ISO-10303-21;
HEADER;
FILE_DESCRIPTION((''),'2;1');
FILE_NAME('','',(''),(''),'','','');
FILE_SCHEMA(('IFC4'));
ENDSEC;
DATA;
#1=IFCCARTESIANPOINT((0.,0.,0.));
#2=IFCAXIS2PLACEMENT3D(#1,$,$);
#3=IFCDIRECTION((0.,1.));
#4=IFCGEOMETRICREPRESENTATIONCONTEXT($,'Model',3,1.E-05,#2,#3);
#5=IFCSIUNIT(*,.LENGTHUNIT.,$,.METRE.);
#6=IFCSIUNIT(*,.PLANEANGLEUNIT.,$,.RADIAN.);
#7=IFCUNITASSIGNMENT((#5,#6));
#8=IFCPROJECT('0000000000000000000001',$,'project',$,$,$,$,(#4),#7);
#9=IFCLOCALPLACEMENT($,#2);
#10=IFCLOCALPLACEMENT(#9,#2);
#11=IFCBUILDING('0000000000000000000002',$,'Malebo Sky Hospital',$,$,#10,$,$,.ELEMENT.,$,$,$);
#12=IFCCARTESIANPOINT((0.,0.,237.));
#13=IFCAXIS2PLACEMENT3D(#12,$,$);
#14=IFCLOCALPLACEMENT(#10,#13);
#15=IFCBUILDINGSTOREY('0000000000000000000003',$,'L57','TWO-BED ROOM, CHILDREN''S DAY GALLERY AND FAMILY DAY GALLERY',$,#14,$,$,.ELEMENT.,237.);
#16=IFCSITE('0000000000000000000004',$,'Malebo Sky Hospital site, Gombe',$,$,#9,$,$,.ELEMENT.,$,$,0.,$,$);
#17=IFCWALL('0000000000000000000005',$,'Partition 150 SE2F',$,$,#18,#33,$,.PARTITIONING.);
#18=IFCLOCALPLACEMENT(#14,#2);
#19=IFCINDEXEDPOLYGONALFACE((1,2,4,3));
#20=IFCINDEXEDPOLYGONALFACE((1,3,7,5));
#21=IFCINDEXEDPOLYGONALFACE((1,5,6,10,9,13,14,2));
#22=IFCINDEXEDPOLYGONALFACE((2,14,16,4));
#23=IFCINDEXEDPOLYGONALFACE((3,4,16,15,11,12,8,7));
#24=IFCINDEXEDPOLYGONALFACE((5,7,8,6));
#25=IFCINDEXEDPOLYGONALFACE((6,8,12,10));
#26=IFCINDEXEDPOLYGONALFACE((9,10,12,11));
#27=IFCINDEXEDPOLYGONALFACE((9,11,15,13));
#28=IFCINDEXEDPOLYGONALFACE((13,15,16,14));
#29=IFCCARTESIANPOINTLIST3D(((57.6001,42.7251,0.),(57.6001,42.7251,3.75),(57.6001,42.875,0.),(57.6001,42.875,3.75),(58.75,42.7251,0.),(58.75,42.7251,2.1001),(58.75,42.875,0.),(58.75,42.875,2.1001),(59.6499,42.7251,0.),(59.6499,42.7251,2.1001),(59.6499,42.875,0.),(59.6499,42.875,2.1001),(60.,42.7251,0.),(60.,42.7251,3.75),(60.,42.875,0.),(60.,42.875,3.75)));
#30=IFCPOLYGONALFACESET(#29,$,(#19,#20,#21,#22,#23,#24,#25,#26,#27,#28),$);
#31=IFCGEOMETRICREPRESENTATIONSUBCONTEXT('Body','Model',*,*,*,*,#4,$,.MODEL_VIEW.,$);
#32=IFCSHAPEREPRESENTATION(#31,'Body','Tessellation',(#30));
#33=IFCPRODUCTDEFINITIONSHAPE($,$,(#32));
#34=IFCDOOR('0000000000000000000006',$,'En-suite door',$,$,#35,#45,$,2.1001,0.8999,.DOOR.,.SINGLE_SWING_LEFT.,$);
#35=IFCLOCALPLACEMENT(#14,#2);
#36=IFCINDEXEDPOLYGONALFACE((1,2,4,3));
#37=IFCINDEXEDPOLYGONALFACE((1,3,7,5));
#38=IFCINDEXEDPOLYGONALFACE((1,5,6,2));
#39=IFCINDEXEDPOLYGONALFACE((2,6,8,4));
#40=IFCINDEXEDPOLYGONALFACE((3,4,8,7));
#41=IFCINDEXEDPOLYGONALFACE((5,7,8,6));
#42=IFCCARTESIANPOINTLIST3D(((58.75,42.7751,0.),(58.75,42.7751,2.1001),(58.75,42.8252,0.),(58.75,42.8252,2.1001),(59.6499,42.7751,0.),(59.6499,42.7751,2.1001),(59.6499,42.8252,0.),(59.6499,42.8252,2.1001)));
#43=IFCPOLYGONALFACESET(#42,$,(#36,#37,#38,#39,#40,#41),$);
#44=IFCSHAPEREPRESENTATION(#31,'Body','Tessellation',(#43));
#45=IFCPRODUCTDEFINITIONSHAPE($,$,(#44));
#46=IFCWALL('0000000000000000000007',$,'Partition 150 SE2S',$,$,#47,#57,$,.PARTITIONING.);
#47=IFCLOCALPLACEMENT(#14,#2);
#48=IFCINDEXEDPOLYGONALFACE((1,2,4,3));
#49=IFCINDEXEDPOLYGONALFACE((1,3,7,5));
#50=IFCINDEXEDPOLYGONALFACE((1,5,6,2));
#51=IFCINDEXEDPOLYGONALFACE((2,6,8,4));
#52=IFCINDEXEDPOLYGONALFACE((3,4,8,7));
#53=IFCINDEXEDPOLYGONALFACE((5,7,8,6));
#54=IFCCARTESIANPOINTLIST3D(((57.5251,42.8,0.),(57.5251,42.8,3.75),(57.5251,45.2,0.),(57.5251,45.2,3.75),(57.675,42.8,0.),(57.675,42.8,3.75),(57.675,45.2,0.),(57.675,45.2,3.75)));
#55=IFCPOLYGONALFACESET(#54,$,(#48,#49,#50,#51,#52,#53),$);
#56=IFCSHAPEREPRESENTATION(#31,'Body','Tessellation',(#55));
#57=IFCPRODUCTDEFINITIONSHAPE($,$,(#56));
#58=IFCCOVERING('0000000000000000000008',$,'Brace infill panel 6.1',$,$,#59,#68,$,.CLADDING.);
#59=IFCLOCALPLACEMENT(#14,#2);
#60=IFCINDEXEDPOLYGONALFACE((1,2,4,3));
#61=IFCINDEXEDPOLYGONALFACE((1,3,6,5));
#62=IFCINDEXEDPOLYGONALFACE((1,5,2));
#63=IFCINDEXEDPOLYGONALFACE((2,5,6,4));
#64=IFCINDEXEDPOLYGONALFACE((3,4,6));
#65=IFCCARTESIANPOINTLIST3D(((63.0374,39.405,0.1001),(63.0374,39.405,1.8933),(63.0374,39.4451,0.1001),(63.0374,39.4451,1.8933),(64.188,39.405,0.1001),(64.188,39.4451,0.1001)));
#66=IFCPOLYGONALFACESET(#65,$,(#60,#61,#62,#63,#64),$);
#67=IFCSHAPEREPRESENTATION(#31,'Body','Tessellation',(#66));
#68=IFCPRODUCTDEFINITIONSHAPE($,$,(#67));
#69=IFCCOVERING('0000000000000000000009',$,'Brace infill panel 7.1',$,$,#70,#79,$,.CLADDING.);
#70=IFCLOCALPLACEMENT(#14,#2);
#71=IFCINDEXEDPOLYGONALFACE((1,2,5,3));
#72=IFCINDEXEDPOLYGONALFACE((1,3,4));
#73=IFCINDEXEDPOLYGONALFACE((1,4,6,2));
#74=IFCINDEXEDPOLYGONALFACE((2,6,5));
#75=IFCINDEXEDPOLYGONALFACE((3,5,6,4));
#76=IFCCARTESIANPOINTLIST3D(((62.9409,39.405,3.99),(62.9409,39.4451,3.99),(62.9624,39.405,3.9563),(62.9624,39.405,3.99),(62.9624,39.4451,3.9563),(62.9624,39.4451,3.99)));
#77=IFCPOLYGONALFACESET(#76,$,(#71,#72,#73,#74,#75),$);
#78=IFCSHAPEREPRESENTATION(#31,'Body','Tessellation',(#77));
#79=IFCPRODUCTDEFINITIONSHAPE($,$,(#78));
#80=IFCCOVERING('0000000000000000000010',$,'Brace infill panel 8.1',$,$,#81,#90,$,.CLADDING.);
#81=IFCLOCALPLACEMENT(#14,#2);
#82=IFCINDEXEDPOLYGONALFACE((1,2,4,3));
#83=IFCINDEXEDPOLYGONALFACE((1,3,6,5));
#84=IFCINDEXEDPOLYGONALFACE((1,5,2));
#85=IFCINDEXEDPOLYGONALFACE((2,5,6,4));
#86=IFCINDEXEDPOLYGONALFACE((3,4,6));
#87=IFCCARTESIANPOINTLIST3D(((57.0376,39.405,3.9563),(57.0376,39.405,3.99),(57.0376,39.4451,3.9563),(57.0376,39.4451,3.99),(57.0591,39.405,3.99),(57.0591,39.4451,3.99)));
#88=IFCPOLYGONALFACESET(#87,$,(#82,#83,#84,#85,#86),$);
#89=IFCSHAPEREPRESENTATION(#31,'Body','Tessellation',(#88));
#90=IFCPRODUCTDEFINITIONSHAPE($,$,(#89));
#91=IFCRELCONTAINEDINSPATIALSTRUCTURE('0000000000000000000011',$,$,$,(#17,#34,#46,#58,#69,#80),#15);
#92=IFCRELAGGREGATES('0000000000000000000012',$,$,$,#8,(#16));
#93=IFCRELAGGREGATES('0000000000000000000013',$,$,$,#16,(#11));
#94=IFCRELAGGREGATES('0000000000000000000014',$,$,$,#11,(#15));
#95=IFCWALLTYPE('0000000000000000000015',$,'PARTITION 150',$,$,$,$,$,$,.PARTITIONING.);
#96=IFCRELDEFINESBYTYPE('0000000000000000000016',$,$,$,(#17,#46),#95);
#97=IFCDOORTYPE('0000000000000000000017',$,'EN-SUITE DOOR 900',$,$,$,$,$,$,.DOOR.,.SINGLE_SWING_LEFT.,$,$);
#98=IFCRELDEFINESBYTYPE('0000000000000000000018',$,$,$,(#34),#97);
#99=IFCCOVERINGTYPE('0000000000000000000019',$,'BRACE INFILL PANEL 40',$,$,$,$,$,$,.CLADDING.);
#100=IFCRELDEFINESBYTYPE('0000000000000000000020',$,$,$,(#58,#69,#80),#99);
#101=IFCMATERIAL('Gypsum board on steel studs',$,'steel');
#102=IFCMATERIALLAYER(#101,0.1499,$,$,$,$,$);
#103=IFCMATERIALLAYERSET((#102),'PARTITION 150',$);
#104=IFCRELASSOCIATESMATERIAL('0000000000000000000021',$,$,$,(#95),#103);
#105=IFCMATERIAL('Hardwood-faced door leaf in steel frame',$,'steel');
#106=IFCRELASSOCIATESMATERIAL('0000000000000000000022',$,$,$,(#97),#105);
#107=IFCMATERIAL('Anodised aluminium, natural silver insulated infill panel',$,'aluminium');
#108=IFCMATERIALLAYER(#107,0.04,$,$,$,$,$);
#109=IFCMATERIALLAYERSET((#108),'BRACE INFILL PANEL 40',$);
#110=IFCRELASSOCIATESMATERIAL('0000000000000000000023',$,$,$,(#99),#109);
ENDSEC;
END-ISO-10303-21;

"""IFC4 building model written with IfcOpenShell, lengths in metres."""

from ifc_helpers import new_model, si_unit, direction, frame, frame_2d, origin, place, context, subcontext, project, spatial, polyline, rectangle, outline, extrude, material, layer, layer_set, type_object, element, fill, save


model = new_model("IFC4")

# Units and contexts
model_context = context("Model", 3, precision=1e-05, world=origin(), true_north=direction((0.0, 1.0)))
body_context = subcontext(model_context, "Body", "Model", "MODEL_VIEW")
ifc_project = project(units=[si_unit("LENGTHUNIT", "METRE"), si_unit("PLANEANGLEUNIT", "RADIAN")], contexts=[model_context])

# Site, building, storey
site_placement = place(None, origin())
site = spatial("IfcSite", under=ifc_project, at=site_placement, Name="Malebo Sky Hospital site, Gombe", CompositionType="ELEMENT", RefElevation=0.0)
building_placement = place(site_placement, origin())
building = spatial("IfcBuilding", under=site, at=building_placement, Name="Malebo Sky Hospital", CompositionType="ELEMENT")
storey_placement = place(building_placement, frame((0.0, 0.0, 237.0)))
storey = spatial("IfcBuildingStorey", under=building, at=storey_placement, Name="L57", Description="TWO-BED ROOM, CHILDREN'S DAY GALLERY AND FAMILY DAY GALLERY", CompositionType="ELEMENT", Elevation=237.0)

# Wall, opening, door
ifc_material_1 = material(Name="Gypsum board on steel studs", Category="steel")
ifc_layer_1 = layer(ifc_material_1, 0.1499)
ifc_layer_set_1 = layer_set([ifc_layer_1], Name="PARTITION 150")
wall_type = type_object("IfcWallType", Name="PARTITION 150", PredefinedType="PARTITIONING", material=ifc_layer_set_1)
ifc_material_2 = material(Name="Hardwood-faced door leaf in steel frame", Category="steel")
door_type = type_object("IfcDoorType", Name="EN-SUITE DOOR 900", OperationType="SINGLE_SWING_LEFT", PredefinedType="DOOR", material=ifc_material_2)
wall_1_placement = place(storey_placement, frame((60.0, 42.8, 0.0), z_axis=(0.0, 0.0, 1.0), x_axis=(-1.0, 0.0, 0.0)))
wall_1 = element("IfcWall", 1, at=wall_1_placement, inside=storey, type_object=wall_type, Name="Partition 150 SE2F", PredefinedType="PARTITIONING", context=body_context, shape_type="SweptSolid", body=[
    extrude(rectangle(XDim=2.3999, YDim=0.1499, at=frame_2d((1.2, 0.0))), origin(), (0.0, 0.0, 1.0), 3.75),
])
opening_1_placement = place(wall_1_placement, frame((0.3501, 0.0, 0.0)))
opening_1 = element("IfcOpeningElement", 2, at=opening_1_placement, cuts=wall_1, PredefinedType="OPENING", context=body_context, shape_type="SweptSolid", body=[
    extrude(rectangle(XDim=0.8999, YDim=2.1001, at=frame_2d((0.45, 1.05))), frame((0.0, 0.085, 0.0), z_axis=(0.0, -1.0, 0.0), x_axis=(1.0, 0.0, 0.0)), (0.0, 0.0, 1.0), 0.1699),
])
door_1_placement = place(opening_1_placement, origin())
door_1 = element("IfcDoor", 3, at=door_1_placement, inside=storey, type_object=door_type, Name="En-suite door", OperationType="SINGLE_SWING_LEFT", OverallHeight=2.1001, OverallWidth=0.8999, PredefinedType="DOOR", context=body_context, shape_type="SweptSolid", body=[
    extrude(rectangle(XDim=0.8999, YDim=2.1001, at=frame_2d((0.45, 1.05))), frame((0.0, 0.0249, 0.0), z_axis=(0.0, -1.0, 0.0), x_axis=(1.0, 0.0, 0.0)), (0.0, 0.0, 1.0), 0.05),
])
fill(opening_1, door_1)

# Wall
wall_2_placement = place(storey_placement, frame((57.6001, 45.2, 0.0), z_axis=(0.0, 0.0, 1.0), x_axis=(0.0, -1.0, 0.0)))
element("IfcWall", 4, at=wall_2_placement, inside=storey, type_object=wall_type, Name="Partition 150 SE2S", PredefinedType="PARTITIONING", context=body_context, shape_type="SweptSolid", body=[
    extrude(rectangle(XDim=2.3999, YDim=0.1499, at=frame_2d((1.2, 0.0))), origin(), (0.0, 0.0, 1.0), 3.75),
])

# Coverings
ifc_material_3 = material(Name="Anodised aluminium, natural silver insulated infill panel", Category="aluminium")
ifc_layer_2 = layer(ifc_material_3, 0.04)
ifc_layer_set_2 = layer_set([ifc_layer_2], Name="BRACE INFILL PANEL 40")
covering_type = type_object("IfcCoveringType", Name="BRACE INFILL PANEL 40", PredefinedType="CLADDING", material=ifc_layer_set_2)
covering_1_placement = place(storey_placement, frame((63.6128, 39.425, 0.1001), z_axis=(0.0, 0.0, 1.0), x_axis=(-1.0, 0.0, 0.0)))
element("IfcCovering", 5, at=covering_1_placement, inside=storey, type_object=covering_type, Name="Brace infill panel 6.1", PredefinedType="CLADDING", context=body_context, shape_type="SweptSolid", body=[
    extrude(outline(polyline([(-0.5752, 0.0), (0.5754, 0.0), (0.5754, 1.7932), (-0.5752, 0.0)])), frame((0.0, 0.02, 0.0), z_axis=(0.0, -1.0, 0.0), x_axis=(1.0, 0.0, 0.0)), (0.0, 0.0, 1.0), 0.04),
])
covering_2_placement = place(storey_placement, frame((62.9517, 39.425, 3.9563), z_axis=(0.0, 0.0, 1.0), x_axis=(-1.0, 0.0, 0.0)))
element("IfcCovering", 6, at=covering_2_placement, inside=storey, type_object=covering_type, Name="Brace infill panel 7.1", PredefinedType="CLADDING", context=body_context, shape_type="SweptSolid", body=[
    extrude(outline(polyline([(-0.0107, 0.0), (0.0107, 0.0337), (-0.0107, 0.0337), (-0.0107, 0.0)])), frame((0.0, 0.02, 0.0), z_axis=(0.0, -1.0, 0.0), x_axis=(1.0, 0.0, 0.0)), (0.0, 0.0, 1.0), 0.04),
])
covering_3_placement = place(storey_placement, frame((57.0483, 39.425, 3.9563), z_axis=(0.0, 0.0, 1.0), x_axis=(-1.0, 0.0, 0.0)))
element("IfcCovering", 7, at=covering_3_placement, inside=storey, type_object=covering_type, Name="Brace infill panel 8.1", PredefinedType="CLADDING", context=body_context, shape_type="SweptSolid", body=[
    extrude(outline(polyline([(0.0107, 0.0), (0.0107, 0.0337), (-0.0107, 0.0337), (0.0107, 0.0)])), frame((0.0, 0.02, 0.0), z_axis=(0.0, -1.0, 0.0), x_axis=(1.0, 0.0, 0.0)), (0.0, 0.0, 1.0), 0.04),
])

save(model, "model.ifc")
